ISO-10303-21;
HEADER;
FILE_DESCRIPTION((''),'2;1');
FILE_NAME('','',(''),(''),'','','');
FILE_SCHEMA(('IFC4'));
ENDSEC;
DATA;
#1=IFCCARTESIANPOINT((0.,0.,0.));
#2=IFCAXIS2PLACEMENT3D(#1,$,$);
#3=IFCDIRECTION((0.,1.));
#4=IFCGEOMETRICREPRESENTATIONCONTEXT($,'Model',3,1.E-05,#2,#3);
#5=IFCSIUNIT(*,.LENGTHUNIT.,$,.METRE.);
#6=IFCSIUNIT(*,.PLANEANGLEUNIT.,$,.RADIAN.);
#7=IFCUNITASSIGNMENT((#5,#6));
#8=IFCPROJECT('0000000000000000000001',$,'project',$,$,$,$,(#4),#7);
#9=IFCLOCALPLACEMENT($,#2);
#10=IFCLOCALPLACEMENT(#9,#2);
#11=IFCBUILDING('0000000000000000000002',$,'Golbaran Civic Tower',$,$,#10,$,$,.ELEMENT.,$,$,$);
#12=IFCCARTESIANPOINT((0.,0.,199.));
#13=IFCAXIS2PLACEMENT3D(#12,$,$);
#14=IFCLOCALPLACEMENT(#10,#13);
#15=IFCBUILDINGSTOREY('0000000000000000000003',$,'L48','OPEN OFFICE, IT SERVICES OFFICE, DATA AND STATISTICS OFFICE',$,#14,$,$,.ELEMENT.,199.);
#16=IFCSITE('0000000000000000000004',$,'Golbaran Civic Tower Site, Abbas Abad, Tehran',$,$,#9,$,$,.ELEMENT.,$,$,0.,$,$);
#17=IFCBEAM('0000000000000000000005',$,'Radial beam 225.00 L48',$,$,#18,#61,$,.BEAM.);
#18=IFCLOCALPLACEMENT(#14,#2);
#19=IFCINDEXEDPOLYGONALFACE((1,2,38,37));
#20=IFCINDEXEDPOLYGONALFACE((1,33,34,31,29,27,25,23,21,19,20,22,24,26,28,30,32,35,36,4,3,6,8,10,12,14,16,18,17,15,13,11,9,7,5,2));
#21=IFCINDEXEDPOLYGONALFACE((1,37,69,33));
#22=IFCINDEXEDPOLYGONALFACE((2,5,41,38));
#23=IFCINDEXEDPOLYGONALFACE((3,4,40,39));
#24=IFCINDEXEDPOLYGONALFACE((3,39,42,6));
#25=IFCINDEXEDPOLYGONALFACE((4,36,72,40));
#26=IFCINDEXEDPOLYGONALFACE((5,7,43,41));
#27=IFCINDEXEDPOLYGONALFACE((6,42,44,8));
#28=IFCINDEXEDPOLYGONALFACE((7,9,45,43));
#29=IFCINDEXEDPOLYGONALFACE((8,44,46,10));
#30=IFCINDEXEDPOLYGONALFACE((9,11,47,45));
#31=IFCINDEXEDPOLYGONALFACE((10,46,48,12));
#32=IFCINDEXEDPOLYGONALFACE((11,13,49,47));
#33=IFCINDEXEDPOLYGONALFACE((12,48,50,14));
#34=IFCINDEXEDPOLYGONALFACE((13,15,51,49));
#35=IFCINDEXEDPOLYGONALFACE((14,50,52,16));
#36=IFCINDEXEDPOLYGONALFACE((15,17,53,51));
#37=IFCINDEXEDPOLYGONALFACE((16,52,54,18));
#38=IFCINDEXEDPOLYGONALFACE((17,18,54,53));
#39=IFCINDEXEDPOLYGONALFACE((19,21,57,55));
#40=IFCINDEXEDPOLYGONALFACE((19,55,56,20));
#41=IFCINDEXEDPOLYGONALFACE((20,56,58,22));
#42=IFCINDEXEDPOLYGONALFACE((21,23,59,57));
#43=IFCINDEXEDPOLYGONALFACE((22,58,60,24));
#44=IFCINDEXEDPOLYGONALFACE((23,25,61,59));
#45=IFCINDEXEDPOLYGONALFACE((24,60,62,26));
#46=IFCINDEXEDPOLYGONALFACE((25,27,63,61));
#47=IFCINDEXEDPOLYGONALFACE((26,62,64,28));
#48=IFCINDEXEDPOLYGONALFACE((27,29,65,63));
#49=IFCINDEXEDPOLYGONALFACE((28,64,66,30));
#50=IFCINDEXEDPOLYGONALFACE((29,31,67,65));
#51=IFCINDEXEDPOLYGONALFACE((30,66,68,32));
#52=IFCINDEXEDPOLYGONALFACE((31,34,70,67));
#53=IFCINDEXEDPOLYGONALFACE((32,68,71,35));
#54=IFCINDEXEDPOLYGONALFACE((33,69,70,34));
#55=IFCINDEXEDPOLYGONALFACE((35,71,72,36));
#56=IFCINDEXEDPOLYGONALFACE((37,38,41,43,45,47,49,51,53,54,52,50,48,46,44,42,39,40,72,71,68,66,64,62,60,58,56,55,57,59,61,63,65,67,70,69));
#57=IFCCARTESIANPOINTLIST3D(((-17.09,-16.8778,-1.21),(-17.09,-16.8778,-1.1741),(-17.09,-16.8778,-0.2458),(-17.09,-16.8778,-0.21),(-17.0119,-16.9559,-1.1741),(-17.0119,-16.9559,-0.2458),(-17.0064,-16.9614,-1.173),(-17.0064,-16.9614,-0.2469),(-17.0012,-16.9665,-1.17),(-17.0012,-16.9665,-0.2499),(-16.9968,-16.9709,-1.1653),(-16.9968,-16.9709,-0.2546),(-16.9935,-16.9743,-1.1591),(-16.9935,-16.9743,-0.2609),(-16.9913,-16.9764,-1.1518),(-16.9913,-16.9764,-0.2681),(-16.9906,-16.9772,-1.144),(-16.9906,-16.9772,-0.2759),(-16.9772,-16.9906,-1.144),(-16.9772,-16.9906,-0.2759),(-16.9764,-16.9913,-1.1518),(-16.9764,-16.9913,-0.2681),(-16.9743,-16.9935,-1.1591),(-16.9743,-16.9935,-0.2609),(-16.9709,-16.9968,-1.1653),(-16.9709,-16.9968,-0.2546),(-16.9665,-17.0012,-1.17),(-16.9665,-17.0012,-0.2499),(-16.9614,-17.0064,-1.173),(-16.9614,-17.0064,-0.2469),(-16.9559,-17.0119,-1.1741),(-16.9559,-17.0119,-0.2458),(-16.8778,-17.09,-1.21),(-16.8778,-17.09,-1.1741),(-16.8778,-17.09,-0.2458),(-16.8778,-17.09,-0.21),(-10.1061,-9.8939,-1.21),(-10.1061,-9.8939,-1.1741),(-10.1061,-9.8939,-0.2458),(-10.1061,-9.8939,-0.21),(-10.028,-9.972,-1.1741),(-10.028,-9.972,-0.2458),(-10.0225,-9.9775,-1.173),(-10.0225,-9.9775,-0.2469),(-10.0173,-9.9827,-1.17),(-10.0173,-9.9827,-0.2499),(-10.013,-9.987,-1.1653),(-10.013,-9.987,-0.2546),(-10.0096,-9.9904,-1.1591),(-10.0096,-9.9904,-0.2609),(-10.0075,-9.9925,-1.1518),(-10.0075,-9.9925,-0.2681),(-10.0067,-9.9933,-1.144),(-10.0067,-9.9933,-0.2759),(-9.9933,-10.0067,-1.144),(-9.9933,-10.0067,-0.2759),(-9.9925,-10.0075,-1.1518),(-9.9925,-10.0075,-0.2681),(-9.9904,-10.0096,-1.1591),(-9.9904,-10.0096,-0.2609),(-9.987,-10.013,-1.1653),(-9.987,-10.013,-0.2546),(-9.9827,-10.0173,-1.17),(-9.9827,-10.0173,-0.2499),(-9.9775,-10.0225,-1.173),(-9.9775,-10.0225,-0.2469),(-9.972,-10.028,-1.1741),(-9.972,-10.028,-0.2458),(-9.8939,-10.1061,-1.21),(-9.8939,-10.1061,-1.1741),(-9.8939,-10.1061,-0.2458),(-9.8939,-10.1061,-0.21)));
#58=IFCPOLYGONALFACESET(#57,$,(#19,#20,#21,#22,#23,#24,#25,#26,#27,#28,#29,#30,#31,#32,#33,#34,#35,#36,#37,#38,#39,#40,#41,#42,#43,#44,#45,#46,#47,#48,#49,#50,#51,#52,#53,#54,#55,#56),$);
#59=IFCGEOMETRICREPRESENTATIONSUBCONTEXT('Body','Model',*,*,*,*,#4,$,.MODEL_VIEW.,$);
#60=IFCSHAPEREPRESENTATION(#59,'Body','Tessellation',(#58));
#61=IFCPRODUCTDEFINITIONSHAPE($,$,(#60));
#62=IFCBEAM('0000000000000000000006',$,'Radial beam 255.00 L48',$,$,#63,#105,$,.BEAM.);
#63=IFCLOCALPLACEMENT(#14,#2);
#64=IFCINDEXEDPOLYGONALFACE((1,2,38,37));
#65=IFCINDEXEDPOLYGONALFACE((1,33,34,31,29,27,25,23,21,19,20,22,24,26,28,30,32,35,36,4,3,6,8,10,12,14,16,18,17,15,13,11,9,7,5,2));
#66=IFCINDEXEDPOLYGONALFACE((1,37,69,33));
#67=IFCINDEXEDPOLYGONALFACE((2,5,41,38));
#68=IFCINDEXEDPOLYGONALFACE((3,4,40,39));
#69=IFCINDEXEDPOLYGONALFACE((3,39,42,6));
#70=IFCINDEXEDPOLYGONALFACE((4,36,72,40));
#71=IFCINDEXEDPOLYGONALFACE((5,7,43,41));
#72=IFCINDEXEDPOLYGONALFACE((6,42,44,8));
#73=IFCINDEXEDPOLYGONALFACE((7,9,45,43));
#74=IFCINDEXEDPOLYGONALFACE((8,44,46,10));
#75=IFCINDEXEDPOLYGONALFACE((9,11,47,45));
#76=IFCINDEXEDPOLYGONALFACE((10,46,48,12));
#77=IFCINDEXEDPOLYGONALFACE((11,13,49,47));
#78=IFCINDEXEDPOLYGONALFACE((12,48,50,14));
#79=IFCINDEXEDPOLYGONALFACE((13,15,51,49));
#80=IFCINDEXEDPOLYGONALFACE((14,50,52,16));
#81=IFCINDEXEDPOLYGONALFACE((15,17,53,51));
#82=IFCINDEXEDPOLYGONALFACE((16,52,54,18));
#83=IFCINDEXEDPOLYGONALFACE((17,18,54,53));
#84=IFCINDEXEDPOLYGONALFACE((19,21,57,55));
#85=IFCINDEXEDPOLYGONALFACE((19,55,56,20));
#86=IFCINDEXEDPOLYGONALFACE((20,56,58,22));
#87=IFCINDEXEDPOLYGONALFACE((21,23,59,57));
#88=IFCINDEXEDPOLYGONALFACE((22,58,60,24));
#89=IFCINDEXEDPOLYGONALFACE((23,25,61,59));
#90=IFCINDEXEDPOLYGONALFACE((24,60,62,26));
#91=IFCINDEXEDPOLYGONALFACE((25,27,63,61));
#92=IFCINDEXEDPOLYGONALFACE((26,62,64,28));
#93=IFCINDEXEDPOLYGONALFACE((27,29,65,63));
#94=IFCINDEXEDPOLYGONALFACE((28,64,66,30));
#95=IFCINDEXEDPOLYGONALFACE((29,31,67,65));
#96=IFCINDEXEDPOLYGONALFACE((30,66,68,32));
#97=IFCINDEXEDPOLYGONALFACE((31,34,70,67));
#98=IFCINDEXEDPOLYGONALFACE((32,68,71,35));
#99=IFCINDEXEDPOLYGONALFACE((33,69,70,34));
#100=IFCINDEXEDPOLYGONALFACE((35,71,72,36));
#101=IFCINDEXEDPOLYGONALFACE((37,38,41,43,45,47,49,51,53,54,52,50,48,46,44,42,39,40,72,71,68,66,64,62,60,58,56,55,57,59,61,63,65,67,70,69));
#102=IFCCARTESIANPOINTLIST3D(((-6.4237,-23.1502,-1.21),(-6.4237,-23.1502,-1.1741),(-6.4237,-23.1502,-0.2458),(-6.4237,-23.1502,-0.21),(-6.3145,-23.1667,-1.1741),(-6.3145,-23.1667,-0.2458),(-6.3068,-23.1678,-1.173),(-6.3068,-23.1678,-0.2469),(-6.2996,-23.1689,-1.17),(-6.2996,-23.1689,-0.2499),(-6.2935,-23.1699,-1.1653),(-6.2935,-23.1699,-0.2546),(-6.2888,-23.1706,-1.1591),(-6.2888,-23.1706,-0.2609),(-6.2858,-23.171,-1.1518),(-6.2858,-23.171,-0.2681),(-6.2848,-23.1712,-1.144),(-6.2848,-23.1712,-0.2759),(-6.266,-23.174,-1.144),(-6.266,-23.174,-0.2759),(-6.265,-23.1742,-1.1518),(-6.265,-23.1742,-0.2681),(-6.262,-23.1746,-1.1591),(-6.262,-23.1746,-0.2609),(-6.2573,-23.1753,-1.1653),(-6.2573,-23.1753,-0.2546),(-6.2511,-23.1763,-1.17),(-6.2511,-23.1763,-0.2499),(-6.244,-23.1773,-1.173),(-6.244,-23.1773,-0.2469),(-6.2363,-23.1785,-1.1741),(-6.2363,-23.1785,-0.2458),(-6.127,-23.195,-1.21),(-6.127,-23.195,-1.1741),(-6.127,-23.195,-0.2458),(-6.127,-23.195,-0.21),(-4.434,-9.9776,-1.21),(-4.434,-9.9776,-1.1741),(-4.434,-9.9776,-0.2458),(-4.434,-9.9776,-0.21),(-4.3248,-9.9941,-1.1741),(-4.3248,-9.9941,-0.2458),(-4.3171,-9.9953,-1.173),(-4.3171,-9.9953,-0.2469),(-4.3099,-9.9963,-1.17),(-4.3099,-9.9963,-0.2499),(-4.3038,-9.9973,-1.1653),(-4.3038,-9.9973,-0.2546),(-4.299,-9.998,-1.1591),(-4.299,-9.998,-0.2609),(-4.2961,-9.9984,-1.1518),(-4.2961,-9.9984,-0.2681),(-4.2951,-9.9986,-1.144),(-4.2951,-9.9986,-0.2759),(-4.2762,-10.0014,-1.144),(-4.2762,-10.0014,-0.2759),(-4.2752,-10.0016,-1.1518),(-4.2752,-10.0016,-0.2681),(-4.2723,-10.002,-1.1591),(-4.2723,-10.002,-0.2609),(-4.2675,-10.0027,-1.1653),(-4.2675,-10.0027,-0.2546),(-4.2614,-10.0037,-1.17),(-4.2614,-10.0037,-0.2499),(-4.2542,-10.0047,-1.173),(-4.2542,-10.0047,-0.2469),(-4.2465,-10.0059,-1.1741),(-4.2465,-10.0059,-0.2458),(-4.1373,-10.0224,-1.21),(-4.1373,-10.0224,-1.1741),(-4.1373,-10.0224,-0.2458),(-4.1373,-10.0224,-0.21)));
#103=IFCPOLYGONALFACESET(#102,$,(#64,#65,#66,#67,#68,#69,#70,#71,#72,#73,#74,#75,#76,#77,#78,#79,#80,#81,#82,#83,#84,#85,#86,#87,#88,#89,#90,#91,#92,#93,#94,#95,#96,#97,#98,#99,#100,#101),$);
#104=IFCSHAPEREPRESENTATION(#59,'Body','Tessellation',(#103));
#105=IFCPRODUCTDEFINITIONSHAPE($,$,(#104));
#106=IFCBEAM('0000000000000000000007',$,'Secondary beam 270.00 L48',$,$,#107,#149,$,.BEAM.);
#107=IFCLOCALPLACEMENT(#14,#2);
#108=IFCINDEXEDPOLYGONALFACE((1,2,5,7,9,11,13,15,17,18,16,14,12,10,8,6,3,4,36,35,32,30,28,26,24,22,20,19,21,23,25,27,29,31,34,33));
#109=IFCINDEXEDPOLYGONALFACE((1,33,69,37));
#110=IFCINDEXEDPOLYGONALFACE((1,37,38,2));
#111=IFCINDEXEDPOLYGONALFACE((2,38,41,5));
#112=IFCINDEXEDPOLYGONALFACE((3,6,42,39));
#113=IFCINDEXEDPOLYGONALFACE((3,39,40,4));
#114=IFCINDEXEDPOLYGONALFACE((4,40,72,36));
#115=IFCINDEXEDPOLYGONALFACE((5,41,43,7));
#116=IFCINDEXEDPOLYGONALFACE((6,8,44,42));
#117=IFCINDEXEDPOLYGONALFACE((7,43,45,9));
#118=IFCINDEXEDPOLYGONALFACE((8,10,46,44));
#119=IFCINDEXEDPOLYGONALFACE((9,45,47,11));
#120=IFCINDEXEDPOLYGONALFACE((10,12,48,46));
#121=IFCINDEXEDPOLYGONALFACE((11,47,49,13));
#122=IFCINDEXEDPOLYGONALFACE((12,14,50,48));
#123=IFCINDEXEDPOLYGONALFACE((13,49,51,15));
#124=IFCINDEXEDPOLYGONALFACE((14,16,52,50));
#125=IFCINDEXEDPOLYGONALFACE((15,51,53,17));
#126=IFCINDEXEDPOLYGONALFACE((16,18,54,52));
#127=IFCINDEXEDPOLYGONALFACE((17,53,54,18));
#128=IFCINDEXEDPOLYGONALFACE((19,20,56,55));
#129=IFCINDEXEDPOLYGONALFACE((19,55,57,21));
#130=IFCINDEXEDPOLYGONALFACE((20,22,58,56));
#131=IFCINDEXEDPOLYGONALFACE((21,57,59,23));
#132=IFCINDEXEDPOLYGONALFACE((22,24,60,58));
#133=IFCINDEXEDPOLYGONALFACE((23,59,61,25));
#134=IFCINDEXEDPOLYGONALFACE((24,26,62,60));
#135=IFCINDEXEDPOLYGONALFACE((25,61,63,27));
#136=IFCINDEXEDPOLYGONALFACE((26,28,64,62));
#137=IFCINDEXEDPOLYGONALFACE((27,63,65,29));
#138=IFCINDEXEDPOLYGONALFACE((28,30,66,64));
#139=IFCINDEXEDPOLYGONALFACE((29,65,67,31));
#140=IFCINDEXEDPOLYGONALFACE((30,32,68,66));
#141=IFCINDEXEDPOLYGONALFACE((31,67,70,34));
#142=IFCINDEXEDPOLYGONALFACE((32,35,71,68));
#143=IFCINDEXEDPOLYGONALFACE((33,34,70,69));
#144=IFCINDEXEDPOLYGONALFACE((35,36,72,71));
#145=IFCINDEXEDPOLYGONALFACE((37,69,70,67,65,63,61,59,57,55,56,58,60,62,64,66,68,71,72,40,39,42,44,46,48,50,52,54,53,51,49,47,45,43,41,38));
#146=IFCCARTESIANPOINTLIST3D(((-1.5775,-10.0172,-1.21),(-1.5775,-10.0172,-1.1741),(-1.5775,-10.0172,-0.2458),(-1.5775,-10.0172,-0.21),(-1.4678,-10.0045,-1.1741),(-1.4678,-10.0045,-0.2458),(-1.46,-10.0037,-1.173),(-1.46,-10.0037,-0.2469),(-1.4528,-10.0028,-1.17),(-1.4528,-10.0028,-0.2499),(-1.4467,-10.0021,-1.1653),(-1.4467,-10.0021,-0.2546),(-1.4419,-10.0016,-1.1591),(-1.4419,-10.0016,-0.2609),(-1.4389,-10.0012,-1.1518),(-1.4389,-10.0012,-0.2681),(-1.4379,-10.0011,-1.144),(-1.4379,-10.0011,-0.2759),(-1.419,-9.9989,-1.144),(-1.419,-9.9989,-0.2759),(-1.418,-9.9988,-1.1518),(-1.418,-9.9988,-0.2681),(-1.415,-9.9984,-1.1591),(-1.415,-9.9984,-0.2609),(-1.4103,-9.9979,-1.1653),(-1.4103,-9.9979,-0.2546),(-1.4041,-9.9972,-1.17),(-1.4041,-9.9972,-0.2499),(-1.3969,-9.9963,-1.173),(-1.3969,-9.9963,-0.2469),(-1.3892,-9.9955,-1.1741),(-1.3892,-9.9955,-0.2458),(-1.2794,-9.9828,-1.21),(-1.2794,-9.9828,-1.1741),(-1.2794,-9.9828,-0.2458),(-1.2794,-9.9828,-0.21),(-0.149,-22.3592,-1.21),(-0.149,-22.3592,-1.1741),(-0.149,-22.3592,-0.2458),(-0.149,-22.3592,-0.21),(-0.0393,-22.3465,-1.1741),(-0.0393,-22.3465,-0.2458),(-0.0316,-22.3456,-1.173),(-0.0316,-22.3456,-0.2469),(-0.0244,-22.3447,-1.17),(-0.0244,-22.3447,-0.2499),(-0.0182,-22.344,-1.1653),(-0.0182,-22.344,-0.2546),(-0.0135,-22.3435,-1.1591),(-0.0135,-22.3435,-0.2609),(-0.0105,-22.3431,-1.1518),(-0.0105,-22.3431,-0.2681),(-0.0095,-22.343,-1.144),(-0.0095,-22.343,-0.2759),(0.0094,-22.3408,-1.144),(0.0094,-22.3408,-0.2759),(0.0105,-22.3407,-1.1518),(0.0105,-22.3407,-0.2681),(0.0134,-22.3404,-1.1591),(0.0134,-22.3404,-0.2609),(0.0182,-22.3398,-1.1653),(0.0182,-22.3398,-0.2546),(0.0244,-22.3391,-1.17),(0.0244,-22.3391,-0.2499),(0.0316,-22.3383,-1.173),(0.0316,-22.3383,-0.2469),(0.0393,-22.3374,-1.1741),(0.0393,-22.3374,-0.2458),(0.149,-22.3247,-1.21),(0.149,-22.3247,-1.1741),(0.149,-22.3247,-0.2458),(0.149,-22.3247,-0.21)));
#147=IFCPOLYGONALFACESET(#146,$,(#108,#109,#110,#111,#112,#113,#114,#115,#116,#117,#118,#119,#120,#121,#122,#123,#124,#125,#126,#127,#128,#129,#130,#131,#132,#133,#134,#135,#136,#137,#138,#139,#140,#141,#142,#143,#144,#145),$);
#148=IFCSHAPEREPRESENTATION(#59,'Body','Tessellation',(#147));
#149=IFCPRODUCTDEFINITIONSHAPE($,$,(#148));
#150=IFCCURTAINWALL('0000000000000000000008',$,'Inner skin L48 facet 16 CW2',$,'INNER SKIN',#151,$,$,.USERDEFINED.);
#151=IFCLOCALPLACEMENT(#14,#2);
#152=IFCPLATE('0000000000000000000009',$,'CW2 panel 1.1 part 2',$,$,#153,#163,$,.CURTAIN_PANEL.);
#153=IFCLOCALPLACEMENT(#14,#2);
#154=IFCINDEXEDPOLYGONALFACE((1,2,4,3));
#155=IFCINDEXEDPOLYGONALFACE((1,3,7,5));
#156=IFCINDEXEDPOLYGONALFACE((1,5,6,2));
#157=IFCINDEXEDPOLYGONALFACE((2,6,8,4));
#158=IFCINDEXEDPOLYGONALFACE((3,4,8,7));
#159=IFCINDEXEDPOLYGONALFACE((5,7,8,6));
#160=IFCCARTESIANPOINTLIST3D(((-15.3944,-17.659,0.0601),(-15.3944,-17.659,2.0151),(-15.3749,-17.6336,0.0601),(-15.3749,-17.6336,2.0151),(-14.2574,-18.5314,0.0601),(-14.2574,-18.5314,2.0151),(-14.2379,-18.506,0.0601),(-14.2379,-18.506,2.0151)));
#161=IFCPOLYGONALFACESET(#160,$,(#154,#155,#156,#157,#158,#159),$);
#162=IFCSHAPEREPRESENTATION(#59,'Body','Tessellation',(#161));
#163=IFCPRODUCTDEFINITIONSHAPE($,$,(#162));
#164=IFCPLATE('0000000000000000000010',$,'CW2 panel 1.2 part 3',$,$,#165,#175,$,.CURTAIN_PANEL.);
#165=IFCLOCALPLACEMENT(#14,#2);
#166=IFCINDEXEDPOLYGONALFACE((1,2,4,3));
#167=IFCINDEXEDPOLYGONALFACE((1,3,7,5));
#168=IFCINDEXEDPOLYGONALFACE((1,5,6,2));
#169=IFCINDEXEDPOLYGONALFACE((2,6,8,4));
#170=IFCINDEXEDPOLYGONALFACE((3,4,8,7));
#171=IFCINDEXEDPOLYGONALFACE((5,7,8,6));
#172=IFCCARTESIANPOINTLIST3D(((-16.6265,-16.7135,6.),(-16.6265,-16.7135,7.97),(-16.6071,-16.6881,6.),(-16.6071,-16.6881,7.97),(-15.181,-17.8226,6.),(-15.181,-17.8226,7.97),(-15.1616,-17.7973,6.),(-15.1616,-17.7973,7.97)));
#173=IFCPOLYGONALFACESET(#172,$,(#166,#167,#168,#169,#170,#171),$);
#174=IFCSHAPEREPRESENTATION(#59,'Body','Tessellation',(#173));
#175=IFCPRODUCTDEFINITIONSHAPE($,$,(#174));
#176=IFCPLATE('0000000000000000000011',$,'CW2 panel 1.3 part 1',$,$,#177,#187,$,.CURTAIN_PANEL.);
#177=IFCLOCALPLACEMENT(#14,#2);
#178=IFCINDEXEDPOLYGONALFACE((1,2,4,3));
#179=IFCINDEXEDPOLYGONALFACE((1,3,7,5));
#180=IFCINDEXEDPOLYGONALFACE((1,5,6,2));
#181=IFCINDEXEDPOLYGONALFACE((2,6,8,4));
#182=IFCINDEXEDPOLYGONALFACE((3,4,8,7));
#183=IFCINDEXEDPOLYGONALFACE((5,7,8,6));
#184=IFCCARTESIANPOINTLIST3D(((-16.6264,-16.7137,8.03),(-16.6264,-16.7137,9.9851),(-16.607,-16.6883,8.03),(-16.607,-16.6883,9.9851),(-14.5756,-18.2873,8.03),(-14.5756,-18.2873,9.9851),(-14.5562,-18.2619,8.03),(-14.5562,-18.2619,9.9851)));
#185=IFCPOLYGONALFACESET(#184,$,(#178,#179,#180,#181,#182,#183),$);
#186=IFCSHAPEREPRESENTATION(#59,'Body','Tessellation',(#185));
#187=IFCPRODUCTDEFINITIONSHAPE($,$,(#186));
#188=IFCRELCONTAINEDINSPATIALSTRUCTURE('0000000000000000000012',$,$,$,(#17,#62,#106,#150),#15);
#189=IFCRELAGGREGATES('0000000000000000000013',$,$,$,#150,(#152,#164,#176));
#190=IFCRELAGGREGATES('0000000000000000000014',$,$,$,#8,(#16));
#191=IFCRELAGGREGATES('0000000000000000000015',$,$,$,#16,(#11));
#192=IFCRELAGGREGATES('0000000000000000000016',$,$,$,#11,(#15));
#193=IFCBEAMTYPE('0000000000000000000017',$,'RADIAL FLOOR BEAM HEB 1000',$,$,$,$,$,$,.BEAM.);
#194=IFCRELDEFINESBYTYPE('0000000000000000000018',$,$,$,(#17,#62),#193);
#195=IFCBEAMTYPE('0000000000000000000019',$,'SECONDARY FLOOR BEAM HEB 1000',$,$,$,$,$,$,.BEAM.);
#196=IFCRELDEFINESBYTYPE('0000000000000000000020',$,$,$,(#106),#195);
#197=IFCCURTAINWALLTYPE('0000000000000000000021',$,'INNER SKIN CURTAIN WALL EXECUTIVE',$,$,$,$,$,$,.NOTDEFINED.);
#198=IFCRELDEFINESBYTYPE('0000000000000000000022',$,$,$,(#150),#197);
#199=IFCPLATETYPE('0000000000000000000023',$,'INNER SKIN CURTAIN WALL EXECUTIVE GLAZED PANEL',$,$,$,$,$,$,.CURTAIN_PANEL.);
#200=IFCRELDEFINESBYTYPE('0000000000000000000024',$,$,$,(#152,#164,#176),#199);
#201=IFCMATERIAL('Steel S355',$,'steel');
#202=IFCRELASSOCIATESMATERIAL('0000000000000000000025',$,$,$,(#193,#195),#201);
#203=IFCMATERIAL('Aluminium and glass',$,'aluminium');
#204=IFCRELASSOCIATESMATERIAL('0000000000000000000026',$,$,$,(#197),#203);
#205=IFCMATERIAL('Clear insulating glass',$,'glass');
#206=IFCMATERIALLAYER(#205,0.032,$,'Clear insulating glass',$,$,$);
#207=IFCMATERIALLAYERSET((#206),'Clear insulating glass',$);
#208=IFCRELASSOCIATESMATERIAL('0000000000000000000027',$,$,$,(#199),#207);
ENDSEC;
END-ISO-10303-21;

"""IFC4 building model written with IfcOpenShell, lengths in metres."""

from ifc_helpers import new_model, si_unit, direction, frame, origin, origin_2d, place, context, subcontext, project, spatial, rectangle, i_section, extrude, material, layer, layer_set, material_profile, profile_set, type_object, element, aggregate, save


model = new_model("IFC4")

# Units and contexts
model_context = context("Model", 3, precision=1e-05, world=origin(), true_north=direction((0.0, 1.0)))
body_context = subcontext(model_context, "Body", "Model", "MODEL_VIEW")
ifc_project = project(units=[si_unit("LENGTHUNIT", "METRE"), si_unit("PLANEANGLEUNIT", "RADIAN")], contexts=[model_context])

# Site, building, storey
site_placement = place(None, origin())
site = spatial("IfcSite", under=ifc_project, at=site_placement, Name="Golbaran Civic Tower Site, Abbas Abad, Tehran", CompositionType="ELEMENT", RefElevation=0.0)
building_placement = place(site_placement, origin())
building = spatial("IfcBuilding", under=site, at=building_placement, Name="Golbaran Civic Tower", CompositionType="ELEMENT")
storey_placement = place(building_placement, frame((0.0, 0.0, 199.0)))
storey = spatial("IfcBuildingStorey", under=building, at=storey_placement, Name="L48", Description="OPEN OFFICE, IT SERVICES OFFICE, DATA AND STATISTICS OFFICE", CompositionType="ELEMENT", Elevation=199.0)

# Beams
ifc_material_1 = material(Name="Steel S355", Category="steel")
ifc_material_profile_1 = material_profile(ifc_material_1, i_section(OverallWidth=0.3, OverallDepth=1.0, WebThickness=0.019, FlangeThickness=0.0359, FilletRadius=0.03, at=origin_2d()), Name="HEB 1000")
ifc_profile_set_1 = profile_set([ifc_material_profile_1], Name="Steel S355")
beam_type_1 = type_object("IfcBeamType", Name="RADIAL FLOOR BEAM HEB 1000", PredefinedType="BEAM", material=ifc_profile_set_1)
beam_1_placement = place(storey_placement, frame((-10.0, -10.0, -0.71), z_axis=(-0.707107, -0.707107, 0.0), x_axis=(0.707107, -0.707107, 0.0)))
element("IfcBeam", 1, at=beam_1_placement, inside=storey, type_object=beam_type_1, Name="Radial beam 225.00 L48", PredefinedType="BEAM", context=body_context, shape_type="SweptSolid", body=[
    extrude(i_section(OverallWidth=0.3, OverallDepth=1.0, WebThickness=0.019, FlangeThickness=0.0359, FilletRadius=0.03, at=origin_2d()), origin(), (0.0, 0.0, 1.0), 9.8767),
])
beam_2_placement = place(storey_placement, frame((-4.2856, -10.0, -0.71), z_axis=(-0.149357, -0.988783, 0.0), x_axis=(0.988783, -0.149357, 0.0)))
element("IfcBeam", 2, at=beam_2_placement, inside=storey, type_object=beam_type_1, Name="Radial beam 255.00 L48", PredefinedType="BEAM", context=body_context, shape_type="SweptSolid", body=[
    extrude(i_section(OverallWidth=0.3, OverallDepth=1.0, WebThickness=0.019, FlangeThickness=0.0359, FilletRadius=0.03, at=origin_2d()), origin(), (0.0, 0.0, 1.0), 13.322),
])
ifc_material_profile_2 = material_profile(ifc_material_1, i_section(OverallWidth=0.3, OverallDepth=1.0, WebThickness=0.019, FlangeThickness=0.0359, FilletRadius=0.03, at=origin_2d()), Name="HEB 1000")
ifc_profile_set_2 = profile_set([ifc_material_profile_2], Name="Steel S355")
beam_type_2 = type_object("IfcBeamType", Name="SECONDARY FLOOR BEAM HEB 1000", PredefinedType="BEAM", material=ifc_profile_set_2)
beam_3_placement = place(storey_placement, frame((-1.4285, -10.0, -0.71), z_axis=(0.114972, -0.993369, 0.0), x_axis=(0.993369, 0.114972, 0.0)))
element("IfcBeam", 3, at=beam_3_placement, inside=storey, type_object=beam_type_2, Name="Secondary beam 270.00 L48", PredefinedType="BEAM", context=body_context, shape_type="SweptSolid", body=[
    extrude(i_section(OverallWidth=0.3, OverallDepth=1.0, WebThickness=0.019, FlangeThickness=0.0359, FilletRadius=0.03, at=origin_2d()), origin(), (0.0, 0.0, 1.0), 12.4243),
])

# Curtain wall, plates
ifc_material_2 = material(Name="Aluminium and glass", Category="aluminium")
curtain_wall_type = type_object("IfcCurtainWallType", Name="INNER SKIN CURTAIN WALL EXECUTIVE", PredefinedType="NOTDEFINED", material=ifc_material_2)
curtain_wall_placement = place(storey_placement, origin())
curtain_wall = element("IfcCurtainWall", 4, at=curtain_wall_placement, inside=storey, type_object=curtain_wall_type, Name="Inner skin L48 facet 16 CW2", ObjectType="INNER SKIN", PredefinedType="USERDEFINED")
ifc_material_3 = material(Name="Clear insulating glass", Category="glass")
ifc_layer_1 = layer(ifc_material_3, 0.032, Name="Clear insulating glass")
ifc_layer_set_1 = layer_set([ifc_layer_1], Name="Clear insulating glass")
plate_type_1 = type_object("IfcPlateType", Name="INNER SKIN CURTAIN WALL EXECUTIVE GLAZED PANEL", PredefinedType="CURTAIN_PANEL", material=ifc_layer_set_1)
plate_1_placement = place(storey_placement, frame((-14.8162, -18.0825, 0.0601), z_axis=(0.0, 0.0, 1.0), x_axis=(0.793353, -0.608761, 0.0)))
plate_1 = element("IfcPlate", 5, at=plate_1_placement, type_object=plate_type_1, Name="CW2 panel 1.1 part 2", PredefinedType="CURTAIN_PANEL", context=body_context, shape_type="SweptSolid", body=[
    extrude(rectangle(XDim=1.4331, YDim=0.032, at=origin_2d()), origin(), (0.0, 0.0, 1.0), 1.9551),
])
plate_2_placement = place(storey_placement, frame((-15.894, -17.2554, 6.0), z_axis=(0.0, 0.0, 1.0), x_axis=(0.793353, -0.608761, 0.0)))
plate_2 = element("IfcPlate", 6, at=plate_2_placement, type_object=plate_type_1, Name="CW2 panel 1.2 part 3", PredefinedType="CURTAIN_PANEL", context=body_context, shape_type="SweptSolid", body=[
    extrude(rectangle(XDim=1.822, YDim=0.032, at=origin_2d()), origin(), (0.0, 0.0, 1.0), 1.97),
])
plate_3_placement = place(storey_placement, frame((-15.5913, -17.4878, 8.03), z_axis=(0.0, 0.0, 1.0), x_axis=(0.793353, -0.608761, 0.0)))
plate_3 = element("IfcPlate", 7, at=plate_3_placement, type_object=plate_type_1, Name="CW2 panel 1.3 part 1", PredefinedType="CURTAIN_PANEL", context=body_context, shape_type="SweptSolid", body=[
    extrude(rectangle(XDim=2.585, YDim=0.032, at=origin_2d()), origin(), (0.0, 0.0, 1.0), 1.9551),
])
aggregate(curtain_wall, [plate_1, plate_2, plate_3])

save(model, "model.ifc")
